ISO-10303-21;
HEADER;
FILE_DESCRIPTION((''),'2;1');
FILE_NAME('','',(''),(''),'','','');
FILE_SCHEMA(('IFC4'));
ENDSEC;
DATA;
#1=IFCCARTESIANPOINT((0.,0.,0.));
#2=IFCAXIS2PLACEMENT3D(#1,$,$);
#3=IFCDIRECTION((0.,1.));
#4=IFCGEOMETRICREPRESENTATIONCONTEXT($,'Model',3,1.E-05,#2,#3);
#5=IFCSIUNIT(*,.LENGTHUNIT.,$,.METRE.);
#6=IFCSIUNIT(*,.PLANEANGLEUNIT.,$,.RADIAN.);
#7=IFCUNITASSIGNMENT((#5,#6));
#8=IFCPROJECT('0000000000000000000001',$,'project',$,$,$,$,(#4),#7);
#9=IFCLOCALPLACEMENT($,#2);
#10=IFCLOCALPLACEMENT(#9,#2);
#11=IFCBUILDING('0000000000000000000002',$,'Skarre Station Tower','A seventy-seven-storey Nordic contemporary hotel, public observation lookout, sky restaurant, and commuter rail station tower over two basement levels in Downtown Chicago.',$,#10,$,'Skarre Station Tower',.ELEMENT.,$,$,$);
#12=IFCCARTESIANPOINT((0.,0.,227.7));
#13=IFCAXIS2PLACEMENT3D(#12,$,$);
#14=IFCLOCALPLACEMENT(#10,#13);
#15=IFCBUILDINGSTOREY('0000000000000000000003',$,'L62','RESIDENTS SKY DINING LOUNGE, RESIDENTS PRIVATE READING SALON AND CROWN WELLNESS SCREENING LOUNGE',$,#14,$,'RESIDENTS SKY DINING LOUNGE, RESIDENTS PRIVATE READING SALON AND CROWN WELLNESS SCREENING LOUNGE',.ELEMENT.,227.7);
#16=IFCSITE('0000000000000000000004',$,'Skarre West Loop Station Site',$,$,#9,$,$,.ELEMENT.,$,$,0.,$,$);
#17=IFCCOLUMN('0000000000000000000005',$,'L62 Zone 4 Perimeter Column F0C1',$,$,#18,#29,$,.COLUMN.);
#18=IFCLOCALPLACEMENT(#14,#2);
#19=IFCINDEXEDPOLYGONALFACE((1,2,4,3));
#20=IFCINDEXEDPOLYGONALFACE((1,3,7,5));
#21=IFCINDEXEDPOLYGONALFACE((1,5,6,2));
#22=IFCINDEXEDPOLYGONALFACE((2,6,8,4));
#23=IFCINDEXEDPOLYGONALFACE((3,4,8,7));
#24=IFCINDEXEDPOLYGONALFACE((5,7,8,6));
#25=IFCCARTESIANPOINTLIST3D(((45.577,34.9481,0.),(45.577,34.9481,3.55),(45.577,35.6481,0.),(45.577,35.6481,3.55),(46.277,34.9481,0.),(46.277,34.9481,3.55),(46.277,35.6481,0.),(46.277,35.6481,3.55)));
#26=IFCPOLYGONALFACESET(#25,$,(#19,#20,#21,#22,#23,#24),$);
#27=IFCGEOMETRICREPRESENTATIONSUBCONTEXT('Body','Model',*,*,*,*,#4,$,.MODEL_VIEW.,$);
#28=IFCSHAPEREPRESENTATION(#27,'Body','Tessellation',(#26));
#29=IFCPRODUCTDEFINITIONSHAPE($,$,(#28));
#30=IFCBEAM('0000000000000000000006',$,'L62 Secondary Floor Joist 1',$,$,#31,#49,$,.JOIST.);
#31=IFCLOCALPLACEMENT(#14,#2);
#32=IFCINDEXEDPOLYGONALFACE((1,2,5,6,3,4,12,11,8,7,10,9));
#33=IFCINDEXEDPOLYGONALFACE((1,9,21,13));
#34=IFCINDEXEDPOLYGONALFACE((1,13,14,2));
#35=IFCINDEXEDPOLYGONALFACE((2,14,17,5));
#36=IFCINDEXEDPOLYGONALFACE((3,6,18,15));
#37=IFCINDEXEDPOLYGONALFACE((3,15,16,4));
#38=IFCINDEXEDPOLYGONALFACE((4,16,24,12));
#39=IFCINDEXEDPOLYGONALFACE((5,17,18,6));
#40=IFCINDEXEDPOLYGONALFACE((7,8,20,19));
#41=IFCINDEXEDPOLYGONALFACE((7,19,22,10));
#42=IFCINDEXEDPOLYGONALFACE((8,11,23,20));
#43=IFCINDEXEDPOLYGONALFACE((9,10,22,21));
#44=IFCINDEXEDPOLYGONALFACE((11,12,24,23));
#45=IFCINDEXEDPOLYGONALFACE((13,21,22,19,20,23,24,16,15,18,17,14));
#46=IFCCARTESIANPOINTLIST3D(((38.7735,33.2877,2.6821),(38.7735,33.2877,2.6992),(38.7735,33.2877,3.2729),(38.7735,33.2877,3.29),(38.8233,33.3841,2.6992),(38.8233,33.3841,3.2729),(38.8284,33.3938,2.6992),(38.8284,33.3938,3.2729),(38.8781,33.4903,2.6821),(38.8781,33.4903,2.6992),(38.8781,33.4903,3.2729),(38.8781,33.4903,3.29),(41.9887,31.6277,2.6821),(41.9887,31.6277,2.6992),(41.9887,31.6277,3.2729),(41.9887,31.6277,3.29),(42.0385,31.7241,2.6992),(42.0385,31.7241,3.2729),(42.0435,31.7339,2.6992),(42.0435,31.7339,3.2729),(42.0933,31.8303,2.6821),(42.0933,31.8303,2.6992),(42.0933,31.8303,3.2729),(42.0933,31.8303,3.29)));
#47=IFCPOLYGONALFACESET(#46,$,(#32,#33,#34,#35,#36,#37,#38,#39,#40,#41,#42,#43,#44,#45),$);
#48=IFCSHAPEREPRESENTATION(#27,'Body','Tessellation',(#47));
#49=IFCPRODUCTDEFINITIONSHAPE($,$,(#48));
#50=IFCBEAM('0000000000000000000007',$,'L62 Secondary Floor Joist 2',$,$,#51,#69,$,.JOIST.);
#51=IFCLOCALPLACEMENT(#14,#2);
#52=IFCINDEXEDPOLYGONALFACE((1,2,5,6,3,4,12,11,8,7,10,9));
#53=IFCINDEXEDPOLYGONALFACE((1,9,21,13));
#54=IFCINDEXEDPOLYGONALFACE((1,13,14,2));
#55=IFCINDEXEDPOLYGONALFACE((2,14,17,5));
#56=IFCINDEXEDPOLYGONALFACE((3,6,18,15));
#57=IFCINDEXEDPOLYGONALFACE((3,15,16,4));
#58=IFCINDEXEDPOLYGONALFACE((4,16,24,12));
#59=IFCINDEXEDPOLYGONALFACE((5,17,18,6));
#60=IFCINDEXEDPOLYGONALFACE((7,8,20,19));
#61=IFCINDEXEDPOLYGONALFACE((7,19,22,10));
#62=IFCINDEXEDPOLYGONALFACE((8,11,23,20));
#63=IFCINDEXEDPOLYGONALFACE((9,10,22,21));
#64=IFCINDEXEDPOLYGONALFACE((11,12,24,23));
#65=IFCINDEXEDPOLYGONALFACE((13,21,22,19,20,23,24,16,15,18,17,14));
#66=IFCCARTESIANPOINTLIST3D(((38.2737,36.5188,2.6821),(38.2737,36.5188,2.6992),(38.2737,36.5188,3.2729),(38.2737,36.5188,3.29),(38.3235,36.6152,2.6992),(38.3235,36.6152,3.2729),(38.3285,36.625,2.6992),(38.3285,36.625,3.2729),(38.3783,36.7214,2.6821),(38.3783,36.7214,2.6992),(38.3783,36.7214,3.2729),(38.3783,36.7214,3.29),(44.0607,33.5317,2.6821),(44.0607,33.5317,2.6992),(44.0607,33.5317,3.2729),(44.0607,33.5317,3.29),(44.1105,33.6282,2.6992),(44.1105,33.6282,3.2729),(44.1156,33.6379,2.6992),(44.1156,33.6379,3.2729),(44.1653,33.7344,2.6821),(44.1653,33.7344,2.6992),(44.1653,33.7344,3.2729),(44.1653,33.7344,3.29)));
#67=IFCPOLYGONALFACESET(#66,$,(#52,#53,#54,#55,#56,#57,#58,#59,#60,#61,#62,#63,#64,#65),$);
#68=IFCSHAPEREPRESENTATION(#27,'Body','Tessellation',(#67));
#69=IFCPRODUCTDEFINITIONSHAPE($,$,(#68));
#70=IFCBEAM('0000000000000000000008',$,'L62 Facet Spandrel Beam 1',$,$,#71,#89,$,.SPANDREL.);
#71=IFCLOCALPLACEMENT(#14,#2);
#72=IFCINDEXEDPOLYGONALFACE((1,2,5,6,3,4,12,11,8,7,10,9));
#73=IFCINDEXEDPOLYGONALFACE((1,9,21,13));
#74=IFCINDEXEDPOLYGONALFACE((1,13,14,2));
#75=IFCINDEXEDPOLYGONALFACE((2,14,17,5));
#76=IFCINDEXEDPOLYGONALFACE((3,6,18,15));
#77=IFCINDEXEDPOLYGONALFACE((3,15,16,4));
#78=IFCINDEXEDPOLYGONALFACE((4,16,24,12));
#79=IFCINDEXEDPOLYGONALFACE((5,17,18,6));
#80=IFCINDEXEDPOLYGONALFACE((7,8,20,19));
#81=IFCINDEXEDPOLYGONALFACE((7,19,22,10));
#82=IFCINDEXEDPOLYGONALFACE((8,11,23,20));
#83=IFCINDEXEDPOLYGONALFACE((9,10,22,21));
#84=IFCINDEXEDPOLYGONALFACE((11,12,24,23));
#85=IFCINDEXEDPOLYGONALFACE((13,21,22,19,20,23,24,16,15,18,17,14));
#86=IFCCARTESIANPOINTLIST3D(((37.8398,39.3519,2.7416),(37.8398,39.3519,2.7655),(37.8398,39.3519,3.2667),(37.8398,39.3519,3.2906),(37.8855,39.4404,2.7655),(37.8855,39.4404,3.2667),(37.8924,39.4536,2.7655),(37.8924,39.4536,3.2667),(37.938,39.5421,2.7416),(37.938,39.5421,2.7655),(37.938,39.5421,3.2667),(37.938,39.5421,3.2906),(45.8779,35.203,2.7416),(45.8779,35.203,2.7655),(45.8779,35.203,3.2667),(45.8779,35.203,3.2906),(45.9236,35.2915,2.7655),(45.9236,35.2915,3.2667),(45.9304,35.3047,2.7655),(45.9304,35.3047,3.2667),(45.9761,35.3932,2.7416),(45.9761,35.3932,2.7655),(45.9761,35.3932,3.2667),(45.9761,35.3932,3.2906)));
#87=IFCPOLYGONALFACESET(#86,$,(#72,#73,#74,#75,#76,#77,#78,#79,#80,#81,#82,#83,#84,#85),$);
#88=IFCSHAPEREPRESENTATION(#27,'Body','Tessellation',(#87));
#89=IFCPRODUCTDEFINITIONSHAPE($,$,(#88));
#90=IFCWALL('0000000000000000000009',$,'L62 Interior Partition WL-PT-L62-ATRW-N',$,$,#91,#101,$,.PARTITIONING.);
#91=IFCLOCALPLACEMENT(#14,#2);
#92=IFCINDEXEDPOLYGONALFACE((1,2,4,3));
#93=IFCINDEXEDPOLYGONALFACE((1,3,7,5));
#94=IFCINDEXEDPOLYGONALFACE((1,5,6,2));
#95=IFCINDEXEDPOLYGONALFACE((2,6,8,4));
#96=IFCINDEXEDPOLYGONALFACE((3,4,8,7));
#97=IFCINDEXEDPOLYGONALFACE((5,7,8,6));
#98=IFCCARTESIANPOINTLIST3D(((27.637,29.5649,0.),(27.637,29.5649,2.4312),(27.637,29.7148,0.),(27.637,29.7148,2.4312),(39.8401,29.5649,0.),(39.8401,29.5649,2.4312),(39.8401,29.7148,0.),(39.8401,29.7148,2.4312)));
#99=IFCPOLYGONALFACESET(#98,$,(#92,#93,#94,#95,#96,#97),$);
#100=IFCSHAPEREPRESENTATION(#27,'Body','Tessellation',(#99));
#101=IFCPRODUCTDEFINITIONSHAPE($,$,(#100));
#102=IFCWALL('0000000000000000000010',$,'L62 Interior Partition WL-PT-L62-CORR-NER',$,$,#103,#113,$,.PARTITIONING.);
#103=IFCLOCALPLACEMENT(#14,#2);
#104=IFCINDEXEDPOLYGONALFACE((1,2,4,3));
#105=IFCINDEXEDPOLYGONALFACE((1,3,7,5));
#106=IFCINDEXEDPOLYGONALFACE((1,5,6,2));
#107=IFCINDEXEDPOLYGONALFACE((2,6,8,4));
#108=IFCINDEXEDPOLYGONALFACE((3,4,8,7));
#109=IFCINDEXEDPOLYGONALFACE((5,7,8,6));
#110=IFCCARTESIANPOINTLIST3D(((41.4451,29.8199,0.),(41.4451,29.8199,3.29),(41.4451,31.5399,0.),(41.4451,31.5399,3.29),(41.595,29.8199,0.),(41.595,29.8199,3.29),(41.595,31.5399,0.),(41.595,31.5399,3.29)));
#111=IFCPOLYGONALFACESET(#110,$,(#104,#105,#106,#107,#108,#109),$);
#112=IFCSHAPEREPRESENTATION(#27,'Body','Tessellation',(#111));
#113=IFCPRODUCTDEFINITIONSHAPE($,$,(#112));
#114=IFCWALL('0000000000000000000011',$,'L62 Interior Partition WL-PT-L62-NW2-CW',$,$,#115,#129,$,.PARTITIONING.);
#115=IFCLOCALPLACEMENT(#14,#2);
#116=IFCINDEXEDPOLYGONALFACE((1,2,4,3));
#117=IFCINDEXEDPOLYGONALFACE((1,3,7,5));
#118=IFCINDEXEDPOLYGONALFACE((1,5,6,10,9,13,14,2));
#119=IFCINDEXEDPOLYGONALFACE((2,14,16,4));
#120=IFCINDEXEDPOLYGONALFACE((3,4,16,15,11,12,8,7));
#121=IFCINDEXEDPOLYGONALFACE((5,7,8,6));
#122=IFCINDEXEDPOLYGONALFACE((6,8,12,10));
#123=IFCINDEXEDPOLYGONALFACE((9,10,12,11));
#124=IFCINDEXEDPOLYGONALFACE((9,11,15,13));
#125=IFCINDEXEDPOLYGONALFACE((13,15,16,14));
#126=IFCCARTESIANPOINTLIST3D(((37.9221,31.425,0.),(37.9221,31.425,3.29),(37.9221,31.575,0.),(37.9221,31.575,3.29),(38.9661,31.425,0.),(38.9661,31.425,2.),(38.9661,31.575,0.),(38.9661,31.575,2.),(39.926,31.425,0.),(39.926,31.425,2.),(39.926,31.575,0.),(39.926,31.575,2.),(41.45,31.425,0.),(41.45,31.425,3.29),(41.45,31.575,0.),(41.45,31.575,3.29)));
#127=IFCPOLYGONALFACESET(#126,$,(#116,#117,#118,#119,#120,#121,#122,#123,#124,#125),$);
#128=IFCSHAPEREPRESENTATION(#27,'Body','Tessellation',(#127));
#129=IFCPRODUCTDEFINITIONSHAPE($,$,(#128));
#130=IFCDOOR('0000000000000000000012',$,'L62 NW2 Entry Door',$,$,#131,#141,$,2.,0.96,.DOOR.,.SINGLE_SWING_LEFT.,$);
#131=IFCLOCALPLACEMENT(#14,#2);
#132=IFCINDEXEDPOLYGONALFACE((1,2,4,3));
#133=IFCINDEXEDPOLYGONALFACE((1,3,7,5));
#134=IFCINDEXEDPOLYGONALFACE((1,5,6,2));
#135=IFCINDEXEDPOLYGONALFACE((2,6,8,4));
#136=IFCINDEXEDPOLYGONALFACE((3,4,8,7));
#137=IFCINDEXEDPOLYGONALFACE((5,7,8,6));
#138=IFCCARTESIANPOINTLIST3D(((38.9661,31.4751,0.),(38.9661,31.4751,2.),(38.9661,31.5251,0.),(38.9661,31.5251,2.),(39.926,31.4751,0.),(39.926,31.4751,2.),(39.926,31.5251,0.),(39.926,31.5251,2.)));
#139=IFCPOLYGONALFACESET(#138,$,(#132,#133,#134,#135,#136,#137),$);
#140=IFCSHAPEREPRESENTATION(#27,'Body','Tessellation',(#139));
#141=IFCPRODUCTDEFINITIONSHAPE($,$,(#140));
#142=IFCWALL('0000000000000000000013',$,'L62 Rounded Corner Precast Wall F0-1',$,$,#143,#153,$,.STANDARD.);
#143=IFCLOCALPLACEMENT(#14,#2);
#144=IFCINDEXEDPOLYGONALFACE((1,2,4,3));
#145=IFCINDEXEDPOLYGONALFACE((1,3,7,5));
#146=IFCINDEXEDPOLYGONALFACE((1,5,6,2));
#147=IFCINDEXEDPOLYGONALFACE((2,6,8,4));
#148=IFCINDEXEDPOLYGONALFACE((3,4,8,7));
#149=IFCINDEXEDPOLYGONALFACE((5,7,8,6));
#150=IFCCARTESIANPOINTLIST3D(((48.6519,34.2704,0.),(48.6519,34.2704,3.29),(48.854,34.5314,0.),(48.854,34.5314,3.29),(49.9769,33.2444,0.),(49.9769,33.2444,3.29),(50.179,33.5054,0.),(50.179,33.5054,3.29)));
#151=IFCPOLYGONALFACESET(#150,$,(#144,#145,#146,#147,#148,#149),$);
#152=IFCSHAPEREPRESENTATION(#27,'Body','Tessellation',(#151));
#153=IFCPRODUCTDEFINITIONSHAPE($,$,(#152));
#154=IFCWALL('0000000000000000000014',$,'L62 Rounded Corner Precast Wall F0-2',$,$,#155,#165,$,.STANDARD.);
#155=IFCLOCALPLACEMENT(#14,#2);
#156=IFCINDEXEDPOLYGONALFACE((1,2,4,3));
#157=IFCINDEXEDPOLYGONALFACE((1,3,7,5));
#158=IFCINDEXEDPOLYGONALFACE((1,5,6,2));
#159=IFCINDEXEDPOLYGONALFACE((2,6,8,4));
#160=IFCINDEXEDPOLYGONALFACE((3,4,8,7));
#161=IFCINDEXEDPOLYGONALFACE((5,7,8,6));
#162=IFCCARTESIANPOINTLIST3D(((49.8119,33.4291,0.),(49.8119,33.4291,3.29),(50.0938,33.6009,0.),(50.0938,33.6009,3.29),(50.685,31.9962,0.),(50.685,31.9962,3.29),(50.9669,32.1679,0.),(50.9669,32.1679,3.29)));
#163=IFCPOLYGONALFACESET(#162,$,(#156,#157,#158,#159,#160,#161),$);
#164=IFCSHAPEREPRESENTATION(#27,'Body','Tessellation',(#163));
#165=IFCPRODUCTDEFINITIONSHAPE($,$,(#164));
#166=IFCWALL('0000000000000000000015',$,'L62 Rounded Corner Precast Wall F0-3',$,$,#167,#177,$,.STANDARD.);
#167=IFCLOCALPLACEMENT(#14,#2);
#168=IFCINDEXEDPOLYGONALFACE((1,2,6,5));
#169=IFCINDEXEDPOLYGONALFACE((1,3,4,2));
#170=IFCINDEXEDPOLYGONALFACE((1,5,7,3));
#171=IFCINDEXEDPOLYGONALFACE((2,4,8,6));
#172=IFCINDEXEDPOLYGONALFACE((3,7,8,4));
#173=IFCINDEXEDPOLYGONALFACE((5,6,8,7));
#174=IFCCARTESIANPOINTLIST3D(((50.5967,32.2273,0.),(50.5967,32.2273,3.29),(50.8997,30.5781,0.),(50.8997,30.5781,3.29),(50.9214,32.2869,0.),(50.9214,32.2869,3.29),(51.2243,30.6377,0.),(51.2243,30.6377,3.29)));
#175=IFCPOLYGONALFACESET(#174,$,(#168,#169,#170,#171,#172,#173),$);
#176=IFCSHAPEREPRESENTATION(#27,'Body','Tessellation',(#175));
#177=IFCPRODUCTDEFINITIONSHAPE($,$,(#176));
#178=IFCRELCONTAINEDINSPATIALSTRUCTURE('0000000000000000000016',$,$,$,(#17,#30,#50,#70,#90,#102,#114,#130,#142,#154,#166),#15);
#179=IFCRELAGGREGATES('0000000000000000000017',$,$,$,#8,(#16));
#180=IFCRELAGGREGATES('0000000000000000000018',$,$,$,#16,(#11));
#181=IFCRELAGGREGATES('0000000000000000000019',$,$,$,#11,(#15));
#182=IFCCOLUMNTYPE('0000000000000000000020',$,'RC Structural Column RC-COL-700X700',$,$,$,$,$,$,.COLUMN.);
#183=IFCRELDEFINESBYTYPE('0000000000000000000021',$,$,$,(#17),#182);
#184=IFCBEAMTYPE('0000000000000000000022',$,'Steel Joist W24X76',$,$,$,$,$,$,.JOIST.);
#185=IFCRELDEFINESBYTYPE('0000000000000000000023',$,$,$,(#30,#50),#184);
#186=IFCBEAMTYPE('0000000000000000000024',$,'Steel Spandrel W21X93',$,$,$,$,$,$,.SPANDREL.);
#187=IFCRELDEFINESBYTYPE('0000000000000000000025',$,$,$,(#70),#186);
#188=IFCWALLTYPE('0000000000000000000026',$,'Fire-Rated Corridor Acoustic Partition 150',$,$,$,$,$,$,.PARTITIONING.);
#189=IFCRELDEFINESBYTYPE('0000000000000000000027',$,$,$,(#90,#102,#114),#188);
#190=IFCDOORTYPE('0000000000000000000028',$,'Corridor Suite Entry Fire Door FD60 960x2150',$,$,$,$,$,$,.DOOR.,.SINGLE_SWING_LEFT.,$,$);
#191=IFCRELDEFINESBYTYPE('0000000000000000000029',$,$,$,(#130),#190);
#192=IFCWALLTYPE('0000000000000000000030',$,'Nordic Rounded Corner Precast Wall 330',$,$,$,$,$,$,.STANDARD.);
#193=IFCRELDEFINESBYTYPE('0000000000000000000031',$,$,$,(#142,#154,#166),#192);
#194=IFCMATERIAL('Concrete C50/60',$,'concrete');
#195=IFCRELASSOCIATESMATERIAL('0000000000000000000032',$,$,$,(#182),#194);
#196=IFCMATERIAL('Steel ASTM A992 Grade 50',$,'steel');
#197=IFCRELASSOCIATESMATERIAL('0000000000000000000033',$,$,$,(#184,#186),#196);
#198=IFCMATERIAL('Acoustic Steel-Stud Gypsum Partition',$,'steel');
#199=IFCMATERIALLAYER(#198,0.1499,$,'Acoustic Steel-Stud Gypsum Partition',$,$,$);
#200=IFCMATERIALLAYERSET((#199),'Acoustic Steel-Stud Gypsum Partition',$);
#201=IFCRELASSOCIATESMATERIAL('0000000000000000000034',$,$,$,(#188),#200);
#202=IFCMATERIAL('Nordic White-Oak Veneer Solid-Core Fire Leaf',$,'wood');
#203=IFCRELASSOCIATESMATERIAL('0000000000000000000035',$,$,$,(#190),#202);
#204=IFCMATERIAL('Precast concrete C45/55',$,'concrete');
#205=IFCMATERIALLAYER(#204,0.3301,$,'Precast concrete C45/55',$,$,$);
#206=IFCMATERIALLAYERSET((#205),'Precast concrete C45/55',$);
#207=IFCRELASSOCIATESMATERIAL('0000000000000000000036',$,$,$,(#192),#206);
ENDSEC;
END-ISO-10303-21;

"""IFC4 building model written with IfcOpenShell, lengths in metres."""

from ifc_helpers import new_model, si_unit, direction, frame, frame_2d, origin, origin_2d, place, context, subcontext, project, spatial, rectangle, i_section, extrude, material, layer, layer_set, material_profile, profile_set, type_object, element, fill, save


model = new_model("IFC4")

# Units and contexts
model_context = context("Model", 3, precision=1e-05, world=origin(), true_north=direction((0.0, 1.0)))
body_context = subcontext(model_context, "Body", "Model", "MODEL_VIEW")
ifc_project = project(units=[si_unit("LENGTHUNIT", "METRE"), si_unit("PLANEANGLEUNIT", "RADIAN")], contexts=[model_context])

# Site, building, storey
site_placement = place(None, origin())
site = spatial("IfcSite", under=ifc_project, at=site_placement, Name="Skarre West Loop Station Site", CompositionType="ELEMENT", RefElevation=0.0)
building_placement = place(site_placement, origin())
building = spatial("IfcBuilding", under=site, at=building_placement, Name="Skarre Station Tower", Description="A seventy-seven-storey Nordic contemporary hotel, public observation lookout, sky restaurant, and commuter rail station tower over two basement levels in Downtown Chicago.", LongName="Skarre Station Tower", CompositionType="ELEMENT")
storey_placement = place(building_placement, frame((0.0, 0.0, 227.7)))
storey = spatial("IfcBuildingStorey", under=building, at=storey_placement, Name="L62", Description="RESIDENTS SKY DINING LOUNGE, RESIDENTS PRIVATE READING SALON AND CROWN WELLNESS SCREENING LOUNGE", LongName="RESIDENTS SKY DINING LOUNGE, RESIDENTS PRIVATE READING SALON AND CROWN WELLNESS SCREENING LOUNGE", CompositionType="ELEMENT", Elevation=227.7)

# Column
ifc_material_1 = material(Name="Concrete C50/60", Category="concrete")
ifc_material_profile_1 = material_profile(ifc_material_1, rectangle(XDim=0.7, YDim=0.7, at=origin_2d()), Name="Concrete C50/60")
ifc_profile_set_1 = profile_set([ifc_material_profile_1], Name="Concrete C50/60")
column_type = type_object("IfcColumnType", Name="RC Structural Column RC-COL-700X700", PredefinedType="COLUMN", material=ifc_profile_set_1)
column_placement = place(storey_placement, frame((45.927, 35.2981, 0.0), z_axis=(0.0, 0.0, 1.0), x_axis=(1.0, 0.0, 0.0)))
element("IfcColumn", 1, at=column_placement, inside=storey, type_object=column_type, Name="L62 Zone 4 Perimeter Column F0C1", PredefinedType="COLUMN", context=body_context, shape_type="SweptSolid", body=[
    extrude(rectangle(XDim=0.7, YDim=0.7, at=origin_2d()), origin(), (0.0, 0.0, 1.0), 3.55),
])

# Beams
ifc_material_2 = material(Name="Steel ASTM A992 Grade 50", Category="steel")
ifc_material_profile_2 = material_profile(ifc_material_2, i_section(OverallWidth=0.228, OverallDepth=0.6079, WebThickness=0.011, FlangeThickness=0.0171, at=origin_2d()), Name="Steel ASTM A992 Grade 50")
ifc_profile_set_2 = profile_set([ifc_material_profile_2], Name="Steel ASTM A992 Grade 50")
beam_type_1 = type_object("IfcBeamType", Name="Steel Joist W24X76", PredefinedType="JOIST", material=ifc_profile_set_2)
beam_1_placement = place(storey_placement, frame((42.041, 31.729, 2.9861), z_axis=(-0.888563, 0.458755, 0.0), x_axis=(-0.458755, -0.888563, 0.0)))
element("IfcBeam", 2, at=beam_1_placement, inside=storey, type_object=beam_type_1, Name="L62 Secondary Floor Joist 1", PredefinedType="JOIST", context=body_context, shape_type="SweptSolid", body=[
    extrude(i_section(OverallWidth=0.228, OverallDepth=0.6079, WebThickness=0.011, FlangeThickness=0.0171, at=origin_2d()), origin(), (0.0, 0.0, 1.0), 3.6184),
])
beam_2_placement = place(storey_placement, frame((44.113, 33.6331, 2.9861), z_axis=(-0.88861, 0.458663, 0.0), x_axis=(-0.458663, -0.88861, 0.0)))
element("IfcBeam", 3, at=beam_2_placement, inside=storey, type_object=beam_type_1, Name="L62 Secondary Floor Joist 2", PredefinedType="JOIST", context=body_context, shape_type="SweptSolid", body=[
    extrude(i_section(OverallWidth=0.228, OverallDepth=0.6079, WebThickness=0.011, FlangeThickness=0.0171, at=origin_2d()), origin(), (0.0, 0.0, 1.0), 6.5125),
])
ifc_material_profile_3 = material_profile(ifc_material_2, i_section(OverallWidth=0.2141, OverallDepth=0.5491, WebThickness=0.0149, FlangeThickness=0.0239, at=origin_2d()), Name="Steel ASTM A992 Grade 50")
ifc_profile_set_3 = profile_set([ifc_material_profile_3], Name="Steel ASTM A992 Grade 50")
beam_type_2 = type_object("IfcBeamType", Name="Steel Spandrel W21X93", PredefinedType="SPANDREL", material=ifc_profile_set_3)
beam_3_placement = place(storey_placement, frame((45.927, 35.2981, 3.0161), z_axis=(-0.88861, 0.458664, 0.0), x_axis=(-0.458664, -0.88861, 0.0)))
element("IfcBeam", 4, at=beam_3_placement, inside=storey, type_object=beam_type_2, Name="L62 Facet Spandrel Beam 1", PredefinedType="SPANDREL", context=body_context, shape_type="SweptSolid", body=[
    extrude(i_section(OverallWidth=0.2141, OverallDepth=0.5491, WebThickness=0.0149, FlangeThickness=0.0239, at=origin_2d()), origin(), (0.0, 0.0, 1.0), 9.0457),
])

# Walls
ifc_material_3 = material(Name="Acoustic Steel-Stud Gypsum Partition", Category="steel")
ifc_layer_1 = layer(ifc_material_3, 0.1499, Name="Acoustic Steel-Stud Gypsum Partition")
ifc_layer_set_1 = layer_set([ifc_layer_1], Name="Acoustic Steel-Stud Gypsum Partition")
wall_type_1 = type_object("IfcWallType", Name="Fire-Rated Corridor Acoustic Partition 150", PredefinedType="PARTITIONING", material=ifc_layer_set_1)
wall_1_placement = place(storey_placement, frame((39.8401, 29.6399, 0.0), z_axis=(0.0, 0.0, 1.0), x_axis=(-1.0, 0.0, 0.0)))
element("IfcWall", 5, at=wall_1_placement, inside=storey, type_object=wall_type_1, Name="L62 Interior Partition WL-PT-L62-ATRW-N", PredefinedType="PARTITIONING", context=body_context, shape_type="SweptSolid", body=[
    extrude(rectangle(XDim=12.2031, YDim=0.1499, at=frame_2d((6.1016, 0.0))), origin(), (0.0, 0.0, 1.0), 2.4312),
])
wall_2_placement = place(storey_placement, frame((41.52, 29.8201, 0.0), z_axis=(0.0, 0.0, 1.0), x_axis=(0.0, 1.0, 0.0)))
element("IfcWall", 6, at=wall_2_placement, inside=storey, type_object=wall_type_1, Name="L62 Interior Partition WL-PT-L62-CORR-NER", PredefinedType="PARTITIONING", context=body_context, shape_type="SweptSolid", body=[
    extrude(rectangle(XDim=1.72, YDim=0.1499, at=frame_2d((0.8599, 0.0))), origin(), (0.0, 0.0, 1.0), 3.29),
])

# Wall, opening, door
wall_3_placement = place(storey_placement, frame((41.45, 31.5, 0.0), z_axis=(0.0, 0.0, 1.0), x_axis=(-1.0, 0.0, 0.0)))
wall_3 = element("IfcWall", 7, at=wall_3_placement, inside=storey, type_object=wall_type_1, Name="L62 Interior Partition WL-PT-L62-NW2-CW", PredefinedType="PARTITIONING", context=body_context, shape_type="SweptSolid", body=[
    extrude(rectangle(XDim=3.5278, YDim=0.1499, at=frame_2d((1.7639, 0.0))), origin(), (0.0, 0.0, 1.0), 3.29),
])
opening_1_placement = place(wall_3_placement, frame((1.5239, 0.0, 0.0)))
opening_1 = element("IfcOpeningElement", 8, at=opening_1_placement, cuts=wall_3, PredefinedType="OPENING", context=body_context, shape_type="SweptSolid", body=[
    extrude(rectangle(XDim=0.96, YDim=2.0, at=frame_2d((0.48, 1.0))), frame((0.0, 0.085, 0.0), z_axis=(0.0, -1.0, 0.0), x_axis=(1.0, 0.0, 0.0)), (0.0, 0.0, 1.0), 0.1699),
])
ifc_material_4 = material(Name="Nordic White-Oak Veneer Solid-Core Fire Leaf", Category="wood")
door_type = type_object("IfcDoorType", Name="Corridor Suite Entry Fire Door FD60 960x2150", OperationType="SINGLE_SWING_LEFT", PredefinedType="DOOR", material=ifc_material_4)
door_placement = place(opening_1_placement, origin())
door = element("IfcDoor", 9, at=door_placement, inside=storey, type_object=door_type, Name="L62 NW2 Entry Door", OperationType="SINGLE_SWING_LEFT", OverallHeight=2.0, OverallWidth=0.96, PredefinedType="DOOR", context=body_context, shape_type="SweptSolid", body=[
    extrude(rectangle(XDim=0.96, YDim=2.0, at=frame_2d((0.48, 1.0))), frame((0.0, 0.0249, 0.0), z_axis=(0.0, -1.0, 0.0), x_axis=(1.0, 0.0, 0.0)), (0.0, 0.0, 1.0), 0.05),
])
fill(opening_1, door)

# Walls
ifc_material_5 = material(Name="Precast concrete C45/55", Category="concrete")
ifc_layer_2 = layer(ifc_material_5, 0.3301, Name="Precast concrete C45/55")
ifc_layer_set_2 = layer_set([ifc_layer_2], Name="Precast concrete C45/55")
wall_type_2 = type_object("IfcWallType", Name="Nordic Rounded Corner Precast Wall 330", PredefinedType="STANDARD", material=ifc_layer_set_2)
wall_4_placement = place(storey_placement, frame((48.7529, 34.4009, 0.0), z_axis=(0.0, 0.0, 1.0), x_axis=(0.790692, -0.612214, 0.0)))
element("IfcWall", 10, at=wall_4_placement, inside=storey, type_object=wall_type_2, Name="L62 Rounded Corner Precast Wall F0-1", PredefinedType="STANDARD", context=body_context, shape_type="SweptSolid", body=[
    extrude(rectangle(XDim=1.6758, YDim=0.3301, at=frame_2d((0.8379, 0.0))), origin(), (0.0, 0.0, 1.0), 3.29),
])
wall_5_placement = place(storey_placement, frame((49.9529, 33.5149, 0.0), z_axis=(0.0, 0.0, 1.0), x_axis=(0.520325, -0.853968, 0.0)))
element("IfcWall", 11, at=wall_5_placement, inside=storey, type_object=wall_type_2, Name="L62 Rounded Corner Precast Wall F0-2", PredefinedType="STANDARD", context=body_context, shape_type="SweptSolid", body=[
    extrude(rectangle(XDim=1.678, YDim=0.3301, at=frame_2d((0.8389, 0.0))), origin(), (0.0, 0.0, 1.0), 3.29),
])
wall_6_placement = place(storey_placement, frame((50.759, 32.2571, 0.0), z_axis=(0.0, 0.0, 1.0), x_axis=(0.180692, -0.98354, 0.0)))
element("IfcWall", 12, at=wall_6_placement, inside=storey, type_object=wall_type_2, Name="L62 Rounded Corner Precast Wall F0-3", PredefinedType="STANDARD", context=body_context, shape_type="SweptSolid", body=[
    extrude(rectangle(XDim=1.6768, YDim=0.3301, at=frame_2d((0.8384, 0.0))), origin(), (0.0, 0.0, 1.0), 3.29),
])

save(model, "model.ifc")
